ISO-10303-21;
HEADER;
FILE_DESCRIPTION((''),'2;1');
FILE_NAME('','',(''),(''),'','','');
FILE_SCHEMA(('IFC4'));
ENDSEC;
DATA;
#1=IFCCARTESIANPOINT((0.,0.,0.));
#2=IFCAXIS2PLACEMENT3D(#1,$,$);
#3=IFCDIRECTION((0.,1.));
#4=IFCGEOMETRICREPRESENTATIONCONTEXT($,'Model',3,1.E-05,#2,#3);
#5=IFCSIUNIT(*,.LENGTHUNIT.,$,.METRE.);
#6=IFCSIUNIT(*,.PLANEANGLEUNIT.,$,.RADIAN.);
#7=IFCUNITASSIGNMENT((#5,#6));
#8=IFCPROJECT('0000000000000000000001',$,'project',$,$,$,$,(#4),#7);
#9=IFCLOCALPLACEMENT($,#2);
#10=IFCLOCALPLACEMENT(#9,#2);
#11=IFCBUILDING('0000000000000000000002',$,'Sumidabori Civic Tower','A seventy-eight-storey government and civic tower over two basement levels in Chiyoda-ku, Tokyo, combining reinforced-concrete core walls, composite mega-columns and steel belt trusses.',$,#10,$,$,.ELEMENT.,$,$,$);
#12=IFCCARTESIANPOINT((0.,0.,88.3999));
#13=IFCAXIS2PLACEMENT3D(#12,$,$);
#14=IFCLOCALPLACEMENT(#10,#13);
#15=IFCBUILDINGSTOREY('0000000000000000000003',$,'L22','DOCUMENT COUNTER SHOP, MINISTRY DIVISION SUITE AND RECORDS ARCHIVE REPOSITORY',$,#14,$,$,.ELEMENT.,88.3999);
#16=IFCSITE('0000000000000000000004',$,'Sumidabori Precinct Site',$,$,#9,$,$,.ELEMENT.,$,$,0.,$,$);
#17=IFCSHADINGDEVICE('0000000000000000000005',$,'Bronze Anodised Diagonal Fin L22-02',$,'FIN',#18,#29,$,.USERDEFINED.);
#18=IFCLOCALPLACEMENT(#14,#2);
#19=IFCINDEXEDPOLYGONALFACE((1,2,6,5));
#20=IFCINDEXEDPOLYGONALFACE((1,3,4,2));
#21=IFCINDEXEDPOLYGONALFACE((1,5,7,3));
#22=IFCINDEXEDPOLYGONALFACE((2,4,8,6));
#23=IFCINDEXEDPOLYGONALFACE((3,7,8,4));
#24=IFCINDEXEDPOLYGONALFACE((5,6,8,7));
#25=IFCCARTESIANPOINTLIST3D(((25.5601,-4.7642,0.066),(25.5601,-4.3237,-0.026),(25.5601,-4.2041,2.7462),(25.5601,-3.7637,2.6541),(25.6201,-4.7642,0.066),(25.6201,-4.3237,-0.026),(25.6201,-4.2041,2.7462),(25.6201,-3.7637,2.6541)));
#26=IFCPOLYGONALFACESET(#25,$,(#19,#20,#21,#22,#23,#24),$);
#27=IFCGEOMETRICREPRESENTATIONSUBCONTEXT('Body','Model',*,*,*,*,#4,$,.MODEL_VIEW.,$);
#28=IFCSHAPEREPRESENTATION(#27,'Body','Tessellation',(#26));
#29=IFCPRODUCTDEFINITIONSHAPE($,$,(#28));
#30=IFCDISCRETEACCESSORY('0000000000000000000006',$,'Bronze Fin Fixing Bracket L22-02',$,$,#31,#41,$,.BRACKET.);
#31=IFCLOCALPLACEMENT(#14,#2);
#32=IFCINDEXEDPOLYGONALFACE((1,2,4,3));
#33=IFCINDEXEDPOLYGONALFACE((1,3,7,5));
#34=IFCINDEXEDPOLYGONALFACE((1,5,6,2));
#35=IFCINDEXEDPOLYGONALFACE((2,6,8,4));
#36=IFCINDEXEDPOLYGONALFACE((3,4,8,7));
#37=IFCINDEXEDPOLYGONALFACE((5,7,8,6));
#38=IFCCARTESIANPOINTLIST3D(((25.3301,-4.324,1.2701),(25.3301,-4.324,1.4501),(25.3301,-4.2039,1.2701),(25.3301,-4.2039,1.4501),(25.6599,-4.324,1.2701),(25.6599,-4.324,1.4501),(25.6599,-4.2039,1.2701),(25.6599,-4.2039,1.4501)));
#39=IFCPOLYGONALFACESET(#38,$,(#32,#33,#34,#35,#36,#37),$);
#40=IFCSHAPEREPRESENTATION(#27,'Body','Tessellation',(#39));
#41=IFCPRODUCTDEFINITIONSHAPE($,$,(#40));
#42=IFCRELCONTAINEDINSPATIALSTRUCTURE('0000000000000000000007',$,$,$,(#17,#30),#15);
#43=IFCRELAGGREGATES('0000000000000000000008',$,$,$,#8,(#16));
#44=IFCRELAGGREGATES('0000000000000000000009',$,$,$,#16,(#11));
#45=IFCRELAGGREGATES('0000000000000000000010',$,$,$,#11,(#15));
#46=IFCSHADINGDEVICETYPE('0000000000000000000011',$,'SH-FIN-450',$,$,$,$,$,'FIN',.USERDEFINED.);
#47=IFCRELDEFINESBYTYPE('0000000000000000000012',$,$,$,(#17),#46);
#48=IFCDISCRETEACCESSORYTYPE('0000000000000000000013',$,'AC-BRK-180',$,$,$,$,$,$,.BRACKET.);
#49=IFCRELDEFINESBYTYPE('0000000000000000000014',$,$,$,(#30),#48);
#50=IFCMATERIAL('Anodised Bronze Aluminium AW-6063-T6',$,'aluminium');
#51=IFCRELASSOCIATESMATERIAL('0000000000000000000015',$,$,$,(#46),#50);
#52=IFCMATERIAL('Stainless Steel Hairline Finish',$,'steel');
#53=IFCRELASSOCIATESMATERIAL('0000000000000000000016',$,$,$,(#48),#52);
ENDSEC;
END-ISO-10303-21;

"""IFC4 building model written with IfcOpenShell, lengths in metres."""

from ifc_helpers import new_model, si_unit, direction, frame, origin, origin_2d, place, context, subcontext, project, spatial, rectangle, extrude, source, transform, mapped, material, material_profile, profile_set, type_object, element, save


model = new_model("IFC4")

# Units and contexts
model_context = context("Model", 3, precision=1e-05, world=origin(), true_north=direction((0.0, 1.0)))
body_context = subcontext(model_context, "Body", "Model", "MODEL_VIEW")
ifc_project = project(units=[si_unit("LENGTHUNIT", "METRE"), si_unit("PLANEANGLEUNIT", "RADIAN")], contexts=[model_context])

# Site, building, storey
site_placement = place(None, origin())
site = spatial("IfcSite", under=ifc_project, at=site_placement, Name="Sumidabori Precinct Site", CompositionType="ELEMENT", RefElevation=0.0)
building_placement = place(site_placement, origin())
building = spatial("IfcBuilding", under=site, at=building_placement, Name="Sumidabori Civic Tower", Description="A seventy-eight-storey government and civic tower over two basement levels in Chiyoda-ku, Tokyo, combining reinforced-concrete core walls, composite mega-columns and steel belt trusses.", CompositionType="ELEMENT")
storey_placement = place(building_placement, frame((0.0, 0.0, 88.3999)))
storey = spatial("IfcBuildingStorey", under=building, at=storey_placement, Name="L22", Description="DOCUMENT COUNTER SHOP, MINISTRY DIVISION SUITE AND RECORDS ARCHIVE REPOSITORY", CompositionType="ELEMENT", Elevation=88.3999)

# Shared definitions
ifc_material_1 = material(Name="Anodised Bronze Aluminium AW-6063-T6", Category="aluminium")

# Shading device
ifc_material_profile_1 = material_profile(ifc_material_1, rectangle(XDim=0.0601, YDim=0.45, at=origin_2d()), Name="BRONZE FIN 450x60")
ifc_profile_set_1 = profile_set([ifc_material_profile_1], Name="Anodised Bronze Aluminium AW-6063-T6")
shading_device_type = type_object("IfcShadingDeviceType", Name="SH-FIN-450", ElementType="FIN", PredefinedType="USERDEFINED", material=ifc_profile_set_1)
shared_shape_1 = source(origin(), body_context, "Body", "SweptSolid", [
    extrude(rectangle(XDim=0.0601, YDim=0.45, at=origin_2d()), origin(), (0.0, 0.0, 1.0), 2.738),
])
shading_device_placement = place(storey_placement, frame((25.5901, -4.5439, 0.02), z_axis=(0.0, 0.204545, 0.978857), x_axis=(-1.0, 0.0, 0.0)))
element("IfcShadingDevice", 1, at=shading_device_placement, inside=storey, type_object=shading_device_type, Name="Bronze Anodised Diagonal Fin L22-02", ObjectType="FIN", PredefinedType="USERDEFINED", context=body_context, shape_type="MappedRepresentation", body=[
    mapped(shared_shape_1, transform((0.0, 0.0, 0.0), x_axis=(1.0, 0.0, 0.0), y_axis=(0.0, 1.0, 0.0), z_axis=(0.0, 0.0, 1.0), scale=1.0)),
])

# Discrete accessory
ifc_material_2 = material(Name="Stainless Steel Hairline Finish", Category="steel")
ifc_material_profile_2 = material_profile(ifc_material_2, rectangle(XDim=0.1201, YDim=0.1799, at=origin_2d()), Name="STEEL BRACKET 180x120")
ifc_profile_set_2 = profile_set([ifc_material_profile_2], Name="Stainless Steel Hairline Finish")
discrete_accessory_type = type_object("IfcDiscreteAccessoryType", Name="AC-BRK-180", PredefinedType="BRACKET", material=ifc_profile_set_2)
shared_shape_2 = source(origin(), body_context, "Body", "SweptSolid", [
    extrude(rectangle(XDim=0.1201, YDim=0.1799, at=origin_2d()), origin(), (0.0, 0.0, 1.0), 0.3298),
])
discrete_accessory_placement = place(storey_placement, frame((25.3301, -4.2639, 1.3601), z_axis=(1.0, 0.0, 0.0), x_axis=(0.0, 1.0, 0.0)))
element("IfcDiscreteAccessory", 2, at=discrete_accessory_placement, inside=storey, type_object=discrete_accessory_type, Name="Bronze Fin Fixing Bracket L22-02", PredefinedType="BRACKET", context=body_context, shape_type="MappedRepresentation", body=[
    mapped(shared_shape_2, transform((0.0, 0.0, 0.0), x_axis=(1.0, 0.0, 0.0), y_axis=(0.0, 1.0, 0.0), z_axis=(0.0, 0.0, 1.0), scale=1.0)),
])

save(model, "model.ifc")
